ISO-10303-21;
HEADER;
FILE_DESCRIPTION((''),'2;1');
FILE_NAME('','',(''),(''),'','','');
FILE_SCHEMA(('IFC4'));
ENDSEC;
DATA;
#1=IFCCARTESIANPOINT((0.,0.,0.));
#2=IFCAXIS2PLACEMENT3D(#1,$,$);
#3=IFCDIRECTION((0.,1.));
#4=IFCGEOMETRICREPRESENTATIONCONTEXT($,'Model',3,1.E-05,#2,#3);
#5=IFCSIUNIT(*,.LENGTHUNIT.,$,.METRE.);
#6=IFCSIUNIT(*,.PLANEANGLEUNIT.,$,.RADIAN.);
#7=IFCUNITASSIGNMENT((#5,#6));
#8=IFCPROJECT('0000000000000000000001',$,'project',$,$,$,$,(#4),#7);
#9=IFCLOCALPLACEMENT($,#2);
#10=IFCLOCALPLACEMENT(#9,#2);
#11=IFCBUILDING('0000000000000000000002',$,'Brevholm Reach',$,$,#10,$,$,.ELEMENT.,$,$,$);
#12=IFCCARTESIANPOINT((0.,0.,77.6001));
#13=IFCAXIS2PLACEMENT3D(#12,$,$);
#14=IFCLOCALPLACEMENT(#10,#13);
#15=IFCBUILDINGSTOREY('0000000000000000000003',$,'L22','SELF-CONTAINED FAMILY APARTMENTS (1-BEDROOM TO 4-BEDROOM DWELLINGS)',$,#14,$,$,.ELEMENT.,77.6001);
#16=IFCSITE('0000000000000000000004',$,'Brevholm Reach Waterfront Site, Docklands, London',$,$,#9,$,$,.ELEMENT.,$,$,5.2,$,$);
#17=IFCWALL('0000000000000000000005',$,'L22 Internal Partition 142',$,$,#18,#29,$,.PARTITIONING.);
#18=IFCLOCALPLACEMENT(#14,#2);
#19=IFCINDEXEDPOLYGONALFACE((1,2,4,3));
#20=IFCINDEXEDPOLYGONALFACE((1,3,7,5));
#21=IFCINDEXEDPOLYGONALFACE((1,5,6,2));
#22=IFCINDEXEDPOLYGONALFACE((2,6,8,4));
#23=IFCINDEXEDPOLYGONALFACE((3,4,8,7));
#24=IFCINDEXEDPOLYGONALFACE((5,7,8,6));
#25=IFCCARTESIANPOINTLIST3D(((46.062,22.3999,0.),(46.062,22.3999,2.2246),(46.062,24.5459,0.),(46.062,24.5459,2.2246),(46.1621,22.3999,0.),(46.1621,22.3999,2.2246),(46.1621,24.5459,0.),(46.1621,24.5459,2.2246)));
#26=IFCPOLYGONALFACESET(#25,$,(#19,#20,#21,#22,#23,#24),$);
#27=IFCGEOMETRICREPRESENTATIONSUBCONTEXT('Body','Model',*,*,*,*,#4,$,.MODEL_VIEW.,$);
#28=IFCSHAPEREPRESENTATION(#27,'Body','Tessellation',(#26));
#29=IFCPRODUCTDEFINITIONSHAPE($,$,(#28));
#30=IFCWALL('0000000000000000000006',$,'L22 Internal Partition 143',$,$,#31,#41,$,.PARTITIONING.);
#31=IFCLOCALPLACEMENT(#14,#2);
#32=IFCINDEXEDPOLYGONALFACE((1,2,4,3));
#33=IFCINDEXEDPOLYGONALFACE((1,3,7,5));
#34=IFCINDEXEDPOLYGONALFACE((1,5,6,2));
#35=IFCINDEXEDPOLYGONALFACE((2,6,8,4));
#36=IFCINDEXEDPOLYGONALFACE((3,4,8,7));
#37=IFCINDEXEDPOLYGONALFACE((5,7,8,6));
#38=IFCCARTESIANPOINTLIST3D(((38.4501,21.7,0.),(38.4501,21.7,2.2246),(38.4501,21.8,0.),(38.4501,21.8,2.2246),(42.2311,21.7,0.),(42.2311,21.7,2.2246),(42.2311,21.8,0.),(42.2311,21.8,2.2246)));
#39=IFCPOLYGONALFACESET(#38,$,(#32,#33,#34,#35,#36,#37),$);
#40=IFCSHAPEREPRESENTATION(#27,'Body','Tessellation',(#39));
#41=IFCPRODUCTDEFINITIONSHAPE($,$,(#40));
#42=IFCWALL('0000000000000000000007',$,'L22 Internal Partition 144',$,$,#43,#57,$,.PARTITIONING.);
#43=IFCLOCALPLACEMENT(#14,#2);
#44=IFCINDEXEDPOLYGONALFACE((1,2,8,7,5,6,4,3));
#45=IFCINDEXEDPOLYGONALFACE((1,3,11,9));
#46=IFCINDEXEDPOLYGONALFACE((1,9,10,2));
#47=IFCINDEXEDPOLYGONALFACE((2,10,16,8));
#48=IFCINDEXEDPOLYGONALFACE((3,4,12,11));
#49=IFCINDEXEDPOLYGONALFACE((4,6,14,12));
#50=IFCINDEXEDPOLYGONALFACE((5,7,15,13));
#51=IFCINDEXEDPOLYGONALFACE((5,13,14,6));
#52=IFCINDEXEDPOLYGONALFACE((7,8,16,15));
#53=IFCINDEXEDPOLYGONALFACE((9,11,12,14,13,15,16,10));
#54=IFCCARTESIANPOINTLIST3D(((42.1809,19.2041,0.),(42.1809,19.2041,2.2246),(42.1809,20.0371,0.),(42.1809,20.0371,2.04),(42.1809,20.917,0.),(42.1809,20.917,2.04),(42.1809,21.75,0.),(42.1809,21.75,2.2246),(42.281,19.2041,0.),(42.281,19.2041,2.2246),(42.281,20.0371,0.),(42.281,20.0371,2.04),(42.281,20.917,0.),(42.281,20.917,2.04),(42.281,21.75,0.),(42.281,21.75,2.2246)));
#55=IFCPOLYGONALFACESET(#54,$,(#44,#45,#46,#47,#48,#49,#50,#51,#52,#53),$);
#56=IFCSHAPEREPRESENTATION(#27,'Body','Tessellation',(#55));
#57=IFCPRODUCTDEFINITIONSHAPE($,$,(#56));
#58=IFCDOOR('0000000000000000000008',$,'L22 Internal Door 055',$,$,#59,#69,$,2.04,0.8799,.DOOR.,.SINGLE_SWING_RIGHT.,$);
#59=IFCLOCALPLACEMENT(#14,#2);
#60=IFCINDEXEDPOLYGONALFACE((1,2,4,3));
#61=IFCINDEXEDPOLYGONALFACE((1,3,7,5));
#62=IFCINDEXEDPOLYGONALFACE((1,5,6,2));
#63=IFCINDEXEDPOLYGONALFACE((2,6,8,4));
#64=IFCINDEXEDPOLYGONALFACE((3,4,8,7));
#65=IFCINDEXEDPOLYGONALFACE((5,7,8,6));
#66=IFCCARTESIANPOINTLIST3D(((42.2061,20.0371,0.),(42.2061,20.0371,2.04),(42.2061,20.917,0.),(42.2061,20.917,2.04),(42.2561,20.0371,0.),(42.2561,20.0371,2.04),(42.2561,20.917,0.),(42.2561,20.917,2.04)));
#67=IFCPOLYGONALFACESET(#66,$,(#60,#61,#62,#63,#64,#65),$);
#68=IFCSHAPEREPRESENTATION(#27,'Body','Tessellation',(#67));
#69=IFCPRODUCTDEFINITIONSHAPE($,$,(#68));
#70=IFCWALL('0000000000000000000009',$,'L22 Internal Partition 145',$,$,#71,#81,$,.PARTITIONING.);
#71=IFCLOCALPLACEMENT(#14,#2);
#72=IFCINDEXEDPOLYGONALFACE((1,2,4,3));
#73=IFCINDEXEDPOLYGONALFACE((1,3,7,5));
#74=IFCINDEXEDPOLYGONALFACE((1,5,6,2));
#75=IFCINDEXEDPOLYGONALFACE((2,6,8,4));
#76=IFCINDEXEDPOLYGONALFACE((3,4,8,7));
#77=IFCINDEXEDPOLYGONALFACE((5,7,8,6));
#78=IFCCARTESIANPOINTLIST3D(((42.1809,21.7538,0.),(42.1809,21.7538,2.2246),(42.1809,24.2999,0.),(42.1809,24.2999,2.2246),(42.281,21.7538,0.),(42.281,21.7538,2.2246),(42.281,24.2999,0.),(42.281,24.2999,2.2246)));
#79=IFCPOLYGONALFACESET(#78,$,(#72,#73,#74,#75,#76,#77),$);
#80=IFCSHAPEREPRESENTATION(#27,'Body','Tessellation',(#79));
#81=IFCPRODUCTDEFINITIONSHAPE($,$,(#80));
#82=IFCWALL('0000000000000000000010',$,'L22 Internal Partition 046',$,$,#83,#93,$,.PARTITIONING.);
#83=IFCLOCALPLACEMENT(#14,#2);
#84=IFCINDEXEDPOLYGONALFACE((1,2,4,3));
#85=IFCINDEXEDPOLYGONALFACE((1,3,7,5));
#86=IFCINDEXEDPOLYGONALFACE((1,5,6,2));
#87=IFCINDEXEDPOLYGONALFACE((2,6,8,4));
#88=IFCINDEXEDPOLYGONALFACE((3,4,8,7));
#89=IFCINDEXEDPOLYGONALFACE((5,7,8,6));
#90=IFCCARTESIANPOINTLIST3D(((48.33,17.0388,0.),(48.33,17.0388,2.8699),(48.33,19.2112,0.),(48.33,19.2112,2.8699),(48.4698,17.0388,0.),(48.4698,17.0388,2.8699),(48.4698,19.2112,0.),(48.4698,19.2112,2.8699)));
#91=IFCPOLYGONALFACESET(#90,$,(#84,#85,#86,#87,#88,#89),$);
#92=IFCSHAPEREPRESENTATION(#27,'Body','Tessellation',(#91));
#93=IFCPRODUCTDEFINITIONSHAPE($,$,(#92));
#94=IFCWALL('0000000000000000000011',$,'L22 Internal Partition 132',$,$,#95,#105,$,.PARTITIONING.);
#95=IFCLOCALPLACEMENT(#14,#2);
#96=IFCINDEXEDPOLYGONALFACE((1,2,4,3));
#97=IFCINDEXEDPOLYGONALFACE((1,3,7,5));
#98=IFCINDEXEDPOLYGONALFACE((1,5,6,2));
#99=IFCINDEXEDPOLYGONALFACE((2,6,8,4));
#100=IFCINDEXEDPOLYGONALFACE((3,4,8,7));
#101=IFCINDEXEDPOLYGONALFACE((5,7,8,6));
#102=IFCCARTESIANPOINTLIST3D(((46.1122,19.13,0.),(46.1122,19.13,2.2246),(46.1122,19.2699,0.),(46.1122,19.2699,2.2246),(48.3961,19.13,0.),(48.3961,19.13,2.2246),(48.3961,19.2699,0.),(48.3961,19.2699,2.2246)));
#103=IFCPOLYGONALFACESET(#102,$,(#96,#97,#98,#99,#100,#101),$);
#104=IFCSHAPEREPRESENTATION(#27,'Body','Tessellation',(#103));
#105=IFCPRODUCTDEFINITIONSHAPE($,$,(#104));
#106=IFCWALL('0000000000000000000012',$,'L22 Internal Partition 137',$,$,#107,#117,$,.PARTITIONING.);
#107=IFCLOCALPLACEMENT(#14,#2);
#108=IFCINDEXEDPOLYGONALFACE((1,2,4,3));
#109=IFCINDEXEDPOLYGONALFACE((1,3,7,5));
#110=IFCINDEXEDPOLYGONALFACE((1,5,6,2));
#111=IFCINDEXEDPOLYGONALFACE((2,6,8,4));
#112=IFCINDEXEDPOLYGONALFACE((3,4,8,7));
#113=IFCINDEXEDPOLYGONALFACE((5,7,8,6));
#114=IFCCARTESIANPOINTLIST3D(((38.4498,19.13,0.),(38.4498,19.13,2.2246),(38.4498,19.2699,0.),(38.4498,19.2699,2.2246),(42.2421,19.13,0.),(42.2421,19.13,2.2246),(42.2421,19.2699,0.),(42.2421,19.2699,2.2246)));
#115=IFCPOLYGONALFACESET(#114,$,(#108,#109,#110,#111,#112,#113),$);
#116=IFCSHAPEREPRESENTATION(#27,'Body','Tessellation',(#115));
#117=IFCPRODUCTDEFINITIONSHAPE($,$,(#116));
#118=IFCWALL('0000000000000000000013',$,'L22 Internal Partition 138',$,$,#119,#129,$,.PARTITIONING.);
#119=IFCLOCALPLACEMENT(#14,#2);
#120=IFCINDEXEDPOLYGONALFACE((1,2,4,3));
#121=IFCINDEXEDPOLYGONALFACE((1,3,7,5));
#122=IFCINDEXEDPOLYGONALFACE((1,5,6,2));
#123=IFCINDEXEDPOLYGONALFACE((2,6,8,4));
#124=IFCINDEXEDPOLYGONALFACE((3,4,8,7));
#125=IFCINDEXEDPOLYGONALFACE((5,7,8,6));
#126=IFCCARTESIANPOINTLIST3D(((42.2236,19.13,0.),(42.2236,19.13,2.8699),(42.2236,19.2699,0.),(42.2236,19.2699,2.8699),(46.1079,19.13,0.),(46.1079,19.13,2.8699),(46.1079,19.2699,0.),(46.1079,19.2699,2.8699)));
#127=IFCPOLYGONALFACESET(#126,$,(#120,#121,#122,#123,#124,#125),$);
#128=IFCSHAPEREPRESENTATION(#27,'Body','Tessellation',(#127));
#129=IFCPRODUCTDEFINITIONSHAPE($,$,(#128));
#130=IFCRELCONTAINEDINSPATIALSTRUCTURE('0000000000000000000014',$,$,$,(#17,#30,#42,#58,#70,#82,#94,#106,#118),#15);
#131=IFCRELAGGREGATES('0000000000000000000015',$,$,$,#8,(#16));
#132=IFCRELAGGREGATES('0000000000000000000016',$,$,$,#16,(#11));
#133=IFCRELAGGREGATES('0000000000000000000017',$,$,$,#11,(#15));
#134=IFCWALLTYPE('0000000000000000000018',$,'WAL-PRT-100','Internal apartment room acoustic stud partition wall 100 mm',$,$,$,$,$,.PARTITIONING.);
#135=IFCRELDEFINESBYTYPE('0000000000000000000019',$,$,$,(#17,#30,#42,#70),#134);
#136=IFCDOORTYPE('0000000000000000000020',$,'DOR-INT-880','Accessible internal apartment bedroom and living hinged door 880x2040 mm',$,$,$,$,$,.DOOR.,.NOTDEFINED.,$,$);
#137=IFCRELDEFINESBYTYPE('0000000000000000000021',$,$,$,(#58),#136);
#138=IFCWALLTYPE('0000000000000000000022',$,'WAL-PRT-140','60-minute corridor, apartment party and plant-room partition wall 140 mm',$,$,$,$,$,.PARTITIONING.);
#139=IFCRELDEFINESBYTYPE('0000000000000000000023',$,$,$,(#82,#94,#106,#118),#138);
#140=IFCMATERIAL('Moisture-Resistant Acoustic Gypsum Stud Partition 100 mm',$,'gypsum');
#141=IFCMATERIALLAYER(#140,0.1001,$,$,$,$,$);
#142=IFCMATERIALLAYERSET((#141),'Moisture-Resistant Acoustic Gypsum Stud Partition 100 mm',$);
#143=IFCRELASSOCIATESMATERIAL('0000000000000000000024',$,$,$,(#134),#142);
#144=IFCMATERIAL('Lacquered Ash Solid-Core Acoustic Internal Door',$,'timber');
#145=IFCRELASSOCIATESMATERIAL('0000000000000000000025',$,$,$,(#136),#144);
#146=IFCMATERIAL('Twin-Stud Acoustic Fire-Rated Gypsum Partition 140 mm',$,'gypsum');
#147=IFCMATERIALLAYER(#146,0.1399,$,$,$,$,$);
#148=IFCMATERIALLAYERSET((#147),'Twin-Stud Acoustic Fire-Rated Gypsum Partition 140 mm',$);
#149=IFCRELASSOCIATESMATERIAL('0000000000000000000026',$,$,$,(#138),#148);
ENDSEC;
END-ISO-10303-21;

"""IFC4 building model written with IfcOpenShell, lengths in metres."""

from ifc_helpers import new_model, si_unit, direction, frame, frame_2d, origin, place, context, subcontext, project, spatial, rectangle, extrude, material, layer, layer_set, type_object, element, fill, save


model = new_model("IFC4")

# Units and contexts
model_context = context("Model", 3, precision=1e-05, world=origin(), true_north=direction((0.0, 1.0)))
body_context = subcontext(model_context, "Body", "Model", "MODEL_VIEW")
ifc_project = project(units=[si_unit("LENGTHUNIT", "METRE"), si_unit("PLANEANGLEUNIT", "RADIAN")], contexts=[model_context])

# Site, building, storey
site_placement = place(None, origin())
site = spatial("IfcSite", under=ifc_project, at=site_placement, Name="Brevholm Reach Waterfront Site, Docklands, London", CompositionType="ELEMENT", RefElevation=5.2)
building_placement = place(site_placement, origin())
building = spatial("IfcBuilding", under=site, at=building_placement, Name="Brevholm Reach", CompositionType="ELEMENT")
storey_placement = place(building_placement, frame((0.0, 0.0, 77.6001)))
storey = spatial("IfcBuildingStorey", under=building, at=storey_placement, Name="L22", Description="SELF-CONTAINED FAMILY APARTMENTS (1-BEDROOM TO 4-BEDROOM DWELLINGS)", CompositionType="ELEMENT", Elevation=77.6001)

# Shared definitions
ifc_material_1 = material(Name="Moisture-Resistant Acoustic Gypsum Stud Partition 100 mm", Category="gypsum")
ifc_layer_1 = layer(ifc_material_1, 0.1001)
ifc_layer_set_1 = layer_set([ifc_layer_1], Name="Moisture-Resistant Acoustic Gypsum Stud Partition 100 mm")
wall_type_1 = type_object("IfcWallType", Name="WAL-PRT-100", Description="Internal apartment room acoustic stud partition wall 100 mm", PredefinedType="PARTITIONING", material=ifc_layer_set_1)

# Shared definitions
ifc_material_2 = material(Name="Lacquered Ash Solid-Core Acoustic Internal Door", Category="timber")
door_type_1 = type_object("IfcDoorType", Name="DOR-INT-880", Description="Accessible internal apartment bedroom and living hinged door 880x2040 mm", OperationType="NOTDEFINED", PredefinedType="DOOR", material=ifc_material_2)

# Walls
wall_1_placement = place(storey_placement, frame((46.1121, 22.3999, 0.0), z_axis=(0.0, 0.0, 1.0), x_axis=(0.0, 1.0, 0.0)))
element("IfcWall", 1, at=wall_1_placement, inside=storey, type_object=wall_type_1, Name="L22 Internal Partition 142", PredefinedType="PARTITIONING", context=body_context, shape_type="SweptSolid", body=[
    extrude(rectangle(XDim=2.146, YDim=0.1001, at=frame_2d((1.073, 0.0))), origin(), (0.0, 0.0, 1.0), 2.2246),
])
wall_2_placement = place(storey_placement, frame((38.45, 21.75, 0.0), z_axis=(0.0, 0.0, 1.0), x_axis=(1.0, 0.0, 0.0)))
element("IfcWall", 2, at=wall_2_placement, inside=storey, type_object=wall_type_1, Name="L22 Internal Partition 143", PredefinedType="PARTITIONING", context=body_context, shape_type="SweptSolid", body=[
    extrude(rectangle(XDim=3.781, YDim=0.1001, at=frame_2d((1.8906, 0.0))), origin(), (0.0, 0.0, 1.0), 2.2246),
])

# Wall, opening, door
wall_3_placement = place(storey_placement, frame((42.231, 19.2041, 0.0), z_axis=(0.0, 0.0, 1.0), x_axis=(0.0, 1.0, 0.0)))
wall_3 = element("IfcWall", 3, at=wall_3_placement, inside=storey, type_object=wall_type_1, Name="L22 Internal Partition 144", PredefinedType="PARTITIONING", context=body_context, shape_type="SweptSolid", body=[
    extrude(rectangle(XDim=2.5459, YDim=0.1001, at=frame_2d((1.2729, 0.0))), origin(), (0.0, 0.0, 1.0), 2.2246),
])
opening_1_placement = place(wall_3_placement, frame((0.833, 0.0, 0.0)))
opening_1 = element("IfcOpeningElement", 4, at=opening_1_placement, cuts=wall_3, PredefinedType="OPENING", context=body_context, shape_type="SweptSolid", body=[
    extrude(rectangle(XDim=0.8799, YDim=2.04, at=frame_2d((0.4399, 1.02))), frame((0.0, 0.0601, 0.0), z_axis=(0.0, -1.0, 0.0), x_axis=(1.0, 0.0, 0.0)), (0.0, 0.0, 1.0), 0.1201),
])
door_1_placement = place(opening_1_placement, origin())
door_1 = element("IfcDoor", 5, at=door_1_placement, inside=storey, type_object=door_type_1, Name="L22 Internal Door 055", OperationType="SINGLE_SWING_RIGHT", OverallHeight=2.04, OverallWidth=0.8799, PredefinedType="DOOR", context=body_context, shape_type="SweptSolid", body=[
    extrude(rectangle(XDim=0.8799, YDim=2.04, at=frame_2d((0.4399, 1.02))), frame((0.0, 0.0249, 0.0), z_axis=(0.0, -1.0, 0.0), x_axis=(1.0, 0.0, 0.0)), (0.0, 0.0, 1.0), 0.05),
])
fill(opening_1, door_1)

# Walls
wall_4_placement = place(storey_placement, frame((42.231, 21.7539, 0.0), z_axis=(0.0, 0.0, 1.0), x_axis=(0.0, 1.0, 0.0)))
element("IfcWall", 6, at=wall_4_placement, inside=storey, type_object=wall_type_1, Name="L22 Internal Partition 145", PredefinedType="PARTITIONING", context=body_context, shape_type="SweptSolid", body=[
    extrude(rectangle(XDim=2.5461, YDim=0.1001, at=frame_2d((1.2729, 0.0))), origin(), (0.0, 0.0, 1.0), 2.2246),
])
ifc_material_3 = material(Name="Twin-Stud Acoustic Fire-Rated Gypsum Partition 140 mm", Category="gypsum")
ifc_layer_2 = layer(ifc_material_3, 0.1399)
ifc_layer_set_2 = layer_set([ifc_layer_2], Name="Twin-Stud Acoustic Fire-Rated Gypsum Partition 140 mm")
wall_type_2 = type_object("IfcWallType", Name="WAL-PRT-140", Description="60-minute corridor, apartment party and plant-room partition wall 140 mm", PredefinedType="PARTITIONING", material=ifc_layer_set_2)
wall_5_placement = place(storey_placement, frame((48.3999, 17.0388, 0.0), z_axis=(0.0, 0.0, 1.0), x_axis=(0.0, 1.0, 0.0)))
element("IfcWall", 7, at=wall_5_placement, inside=storey, type_object=wall_type_2, Name="L22 Internal Partition 046", PredefinedType="PARTITIONING", context=body_context, shape_type="SweptSolid", body=[
    extrude(rectangle(XDim=2.1724, YDim=0.1399, at=frame_2d((1.0862, 0.0))), origin(), (0.0, 0.0, 1.0), 2.8699),
])
wall_6_placement = place(storey_placement, frame((46.1121, 19.2, 0.0), z_axis=(0.0, 0.0, 1.0), x_axis=(1.0, 0.0, 0.0)))
element("IfcWall", 8, at=wall_6_placement, inside=storey, type_object=wall_type_2, Name="L22 Internal Partition 132", PredefinedType="PARTITIONING", context=body_context, shape_type="SweptSolid", body=[
    extrude(rectangle(XDim=2.2839, YDim=0.1399, at=frame_2d((1.1421, 0.0))), origin(), (0.0, 0.0, 1.0), 2.2246),
])
wall_7_placement = place(storey_placement, frame((38.45, 19.2, 0.0), z_axis=(0.0, 0.0, 1.0), x_axis=(1.0, 0.0, 0.0)))
element("IfcWall", 9, at=wall_7_placement, inside=storey, type_object=wall_type_2, Name="L22 Internal Partition 137", PredefinedType="PARTITIONING", context=body_context, shape_type="SweptSolid", body=[
    extrude(rectangle(XDim=3.7922, YDim=0.1399, at=frame_2d((1.896, 0.0))), origin(), (0.0, 0.0, 1.0), 2.2246),
])
wall_8_placement = place(storey_placement, frame((42.2236, 19.2, 0.0), z_axis=(0.0, 0.0, 1.0), x_axis=(1.0, 0.0, 0.0)))
element("IfcWall", 10, at=wall_8_placement, inside=storey, type_object=wall_type_2, Name="L22 Internal Partition 138", PredefinedType="PARTITIONING", context=body_context, shape_type="SweptSolid", body=[
    extrude(rectangle(XDim=3.8843, YDim=0.1399, at=frame_2d((1.9421, 0.0))), origin(), (0.0, 0.0, 1.0), 2.8699),
])

save(model, "model.ifc")
